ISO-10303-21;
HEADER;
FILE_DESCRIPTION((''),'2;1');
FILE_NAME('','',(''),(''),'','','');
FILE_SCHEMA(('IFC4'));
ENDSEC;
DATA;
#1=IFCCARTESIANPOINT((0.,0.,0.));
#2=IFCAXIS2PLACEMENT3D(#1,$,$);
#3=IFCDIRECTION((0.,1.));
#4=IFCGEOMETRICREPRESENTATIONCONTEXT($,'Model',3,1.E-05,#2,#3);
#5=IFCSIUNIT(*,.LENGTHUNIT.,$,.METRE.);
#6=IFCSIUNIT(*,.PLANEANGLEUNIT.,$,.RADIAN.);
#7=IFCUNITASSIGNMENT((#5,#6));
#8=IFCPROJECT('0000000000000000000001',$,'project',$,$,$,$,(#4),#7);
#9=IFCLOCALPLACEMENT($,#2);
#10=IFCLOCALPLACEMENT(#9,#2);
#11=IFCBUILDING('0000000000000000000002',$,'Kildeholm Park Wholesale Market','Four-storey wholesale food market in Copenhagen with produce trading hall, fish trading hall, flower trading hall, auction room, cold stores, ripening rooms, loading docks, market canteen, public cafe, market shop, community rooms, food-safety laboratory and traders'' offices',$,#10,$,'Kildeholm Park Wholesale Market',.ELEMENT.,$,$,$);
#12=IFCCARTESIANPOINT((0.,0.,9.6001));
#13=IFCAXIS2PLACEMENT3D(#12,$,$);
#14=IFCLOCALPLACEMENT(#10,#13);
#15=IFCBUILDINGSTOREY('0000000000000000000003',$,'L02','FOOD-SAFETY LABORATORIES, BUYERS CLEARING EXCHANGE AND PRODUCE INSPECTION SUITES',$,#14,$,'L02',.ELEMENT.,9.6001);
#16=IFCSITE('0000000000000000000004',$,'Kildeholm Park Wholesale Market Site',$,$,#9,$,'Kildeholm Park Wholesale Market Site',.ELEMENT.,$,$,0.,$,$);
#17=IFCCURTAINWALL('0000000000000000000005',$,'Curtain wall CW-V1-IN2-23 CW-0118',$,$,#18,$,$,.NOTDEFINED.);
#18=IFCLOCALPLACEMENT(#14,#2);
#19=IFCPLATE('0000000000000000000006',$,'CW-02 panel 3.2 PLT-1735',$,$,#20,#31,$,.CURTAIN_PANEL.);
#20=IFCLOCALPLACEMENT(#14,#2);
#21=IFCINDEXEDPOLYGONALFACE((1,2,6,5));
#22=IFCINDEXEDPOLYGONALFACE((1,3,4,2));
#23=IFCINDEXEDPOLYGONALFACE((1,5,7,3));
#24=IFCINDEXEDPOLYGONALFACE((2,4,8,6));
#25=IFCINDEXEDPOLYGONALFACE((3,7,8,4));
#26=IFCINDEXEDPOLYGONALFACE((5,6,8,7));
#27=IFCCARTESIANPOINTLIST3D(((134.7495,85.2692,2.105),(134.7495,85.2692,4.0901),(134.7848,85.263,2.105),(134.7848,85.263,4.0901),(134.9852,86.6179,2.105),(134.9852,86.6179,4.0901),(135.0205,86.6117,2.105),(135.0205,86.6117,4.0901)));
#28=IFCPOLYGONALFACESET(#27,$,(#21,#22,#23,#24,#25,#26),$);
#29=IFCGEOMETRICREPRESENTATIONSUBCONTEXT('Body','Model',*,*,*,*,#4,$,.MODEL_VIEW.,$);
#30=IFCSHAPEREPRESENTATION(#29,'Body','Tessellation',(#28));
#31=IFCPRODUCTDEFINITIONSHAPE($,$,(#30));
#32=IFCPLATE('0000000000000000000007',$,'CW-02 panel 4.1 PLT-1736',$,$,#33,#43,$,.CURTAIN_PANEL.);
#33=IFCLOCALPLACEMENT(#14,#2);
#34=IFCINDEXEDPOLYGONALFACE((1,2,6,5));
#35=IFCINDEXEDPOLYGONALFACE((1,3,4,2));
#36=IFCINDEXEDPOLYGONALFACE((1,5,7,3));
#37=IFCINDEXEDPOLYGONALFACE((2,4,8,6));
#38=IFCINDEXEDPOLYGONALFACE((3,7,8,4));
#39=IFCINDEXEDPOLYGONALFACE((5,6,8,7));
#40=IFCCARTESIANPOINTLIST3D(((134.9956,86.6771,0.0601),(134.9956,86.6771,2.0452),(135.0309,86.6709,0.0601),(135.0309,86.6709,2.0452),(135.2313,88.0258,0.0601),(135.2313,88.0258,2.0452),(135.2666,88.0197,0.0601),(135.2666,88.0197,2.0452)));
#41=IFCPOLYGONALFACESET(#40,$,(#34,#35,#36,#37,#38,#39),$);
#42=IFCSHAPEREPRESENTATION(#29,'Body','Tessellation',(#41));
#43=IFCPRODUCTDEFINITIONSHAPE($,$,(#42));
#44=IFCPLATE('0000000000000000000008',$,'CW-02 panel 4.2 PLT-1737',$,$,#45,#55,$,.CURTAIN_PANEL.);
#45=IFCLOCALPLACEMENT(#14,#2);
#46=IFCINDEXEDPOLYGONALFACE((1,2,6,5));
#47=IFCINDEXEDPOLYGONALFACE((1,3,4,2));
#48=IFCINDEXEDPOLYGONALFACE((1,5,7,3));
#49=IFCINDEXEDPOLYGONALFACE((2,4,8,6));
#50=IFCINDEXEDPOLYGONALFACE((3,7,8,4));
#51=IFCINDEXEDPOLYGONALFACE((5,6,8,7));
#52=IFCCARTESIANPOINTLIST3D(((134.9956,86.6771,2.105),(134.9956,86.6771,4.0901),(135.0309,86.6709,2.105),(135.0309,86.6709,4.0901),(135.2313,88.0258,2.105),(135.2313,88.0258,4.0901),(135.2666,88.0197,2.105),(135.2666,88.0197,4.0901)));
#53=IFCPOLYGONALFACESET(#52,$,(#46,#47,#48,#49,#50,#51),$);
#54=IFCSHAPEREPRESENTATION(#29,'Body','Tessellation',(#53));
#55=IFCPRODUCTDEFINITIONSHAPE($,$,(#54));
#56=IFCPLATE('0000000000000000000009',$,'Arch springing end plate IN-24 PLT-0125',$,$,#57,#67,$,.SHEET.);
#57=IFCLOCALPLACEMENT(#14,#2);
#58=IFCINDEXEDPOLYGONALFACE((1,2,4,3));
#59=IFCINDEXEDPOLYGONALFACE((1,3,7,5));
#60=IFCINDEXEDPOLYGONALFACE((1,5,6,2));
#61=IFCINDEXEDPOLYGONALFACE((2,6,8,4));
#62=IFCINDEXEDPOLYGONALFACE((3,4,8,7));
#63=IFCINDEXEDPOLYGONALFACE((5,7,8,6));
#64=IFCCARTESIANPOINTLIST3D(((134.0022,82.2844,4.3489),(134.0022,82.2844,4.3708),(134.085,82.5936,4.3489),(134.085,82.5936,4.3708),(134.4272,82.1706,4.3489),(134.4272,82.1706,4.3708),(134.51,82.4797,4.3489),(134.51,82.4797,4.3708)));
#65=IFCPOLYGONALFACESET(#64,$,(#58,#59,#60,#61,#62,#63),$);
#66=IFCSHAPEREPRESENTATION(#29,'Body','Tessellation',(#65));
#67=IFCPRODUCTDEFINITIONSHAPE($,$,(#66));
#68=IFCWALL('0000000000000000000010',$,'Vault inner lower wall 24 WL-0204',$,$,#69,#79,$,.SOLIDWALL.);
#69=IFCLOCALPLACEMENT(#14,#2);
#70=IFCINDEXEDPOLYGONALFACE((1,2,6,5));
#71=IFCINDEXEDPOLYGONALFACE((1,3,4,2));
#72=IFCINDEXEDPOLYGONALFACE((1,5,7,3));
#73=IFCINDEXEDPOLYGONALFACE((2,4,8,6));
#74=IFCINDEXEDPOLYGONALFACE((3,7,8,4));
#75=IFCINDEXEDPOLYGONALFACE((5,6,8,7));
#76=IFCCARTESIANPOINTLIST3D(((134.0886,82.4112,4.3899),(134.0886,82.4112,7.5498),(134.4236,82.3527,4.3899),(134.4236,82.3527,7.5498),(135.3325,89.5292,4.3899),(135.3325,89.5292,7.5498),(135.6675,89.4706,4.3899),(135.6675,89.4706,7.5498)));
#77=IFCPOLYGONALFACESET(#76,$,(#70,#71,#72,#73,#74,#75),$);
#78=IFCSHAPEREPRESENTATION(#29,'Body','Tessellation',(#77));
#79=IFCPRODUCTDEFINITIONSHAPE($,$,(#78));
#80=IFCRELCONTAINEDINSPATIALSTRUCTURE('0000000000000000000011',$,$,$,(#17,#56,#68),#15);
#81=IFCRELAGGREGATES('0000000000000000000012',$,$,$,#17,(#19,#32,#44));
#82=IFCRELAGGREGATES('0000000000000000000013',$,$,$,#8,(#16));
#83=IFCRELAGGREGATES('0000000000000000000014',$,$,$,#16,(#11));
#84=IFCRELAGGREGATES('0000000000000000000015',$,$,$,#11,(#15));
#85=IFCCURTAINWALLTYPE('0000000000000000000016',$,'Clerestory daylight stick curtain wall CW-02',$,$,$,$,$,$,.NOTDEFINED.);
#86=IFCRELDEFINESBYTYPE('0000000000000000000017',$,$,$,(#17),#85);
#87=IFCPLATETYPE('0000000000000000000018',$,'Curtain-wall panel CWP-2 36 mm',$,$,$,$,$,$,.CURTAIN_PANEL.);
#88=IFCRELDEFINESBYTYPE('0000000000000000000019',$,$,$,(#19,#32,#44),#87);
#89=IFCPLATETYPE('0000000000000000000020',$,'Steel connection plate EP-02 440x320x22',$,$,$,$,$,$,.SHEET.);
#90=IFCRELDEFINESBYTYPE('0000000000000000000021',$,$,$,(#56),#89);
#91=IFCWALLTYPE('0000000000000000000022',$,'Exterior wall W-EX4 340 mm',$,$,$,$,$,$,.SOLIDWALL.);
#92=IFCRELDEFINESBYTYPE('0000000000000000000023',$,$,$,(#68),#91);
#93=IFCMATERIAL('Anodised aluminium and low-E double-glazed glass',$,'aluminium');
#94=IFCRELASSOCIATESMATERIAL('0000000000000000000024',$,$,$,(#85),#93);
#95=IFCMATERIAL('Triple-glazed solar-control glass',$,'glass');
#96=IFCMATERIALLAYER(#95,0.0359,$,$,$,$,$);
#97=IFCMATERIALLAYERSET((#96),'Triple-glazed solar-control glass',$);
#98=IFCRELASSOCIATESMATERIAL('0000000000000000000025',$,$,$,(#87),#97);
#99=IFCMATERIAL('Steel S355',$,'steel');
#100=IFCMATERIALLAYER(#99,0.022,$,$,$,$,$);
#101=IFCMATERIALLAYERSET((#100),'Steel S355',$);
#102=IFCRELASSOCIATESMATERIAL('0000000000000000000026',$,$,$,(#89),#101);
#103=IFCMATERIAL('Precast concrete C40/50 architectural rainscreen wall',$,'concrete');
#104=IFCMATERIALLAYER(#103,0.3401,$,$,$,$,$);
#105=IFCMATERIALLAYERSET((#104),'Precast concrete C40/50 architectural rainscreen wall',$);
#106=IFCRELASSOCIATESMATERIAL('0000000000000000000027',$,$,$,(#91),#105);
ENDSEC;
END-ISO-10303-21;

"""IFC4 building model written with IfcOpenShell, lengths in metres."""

from ifc_helpers import new_model, si_unit, direction, frame, frame_2d, origin, origin_2d, place, context, subcontext, project, spatial, rectangle, extrude, material, layer, layer_set, type_object, element, aggregate, save


model = new_model("IFC4")

# Units and contexts
model_context = context("Model", 3, precision=1e-05, world=origin(), true_north=direction((0.0, 1.0)))
body_context = subcontext(model_context, "Body", "Model", "MODEL_VIEW")
ifc_project = project(units=[si_unit("LENGTHUNIT", "METRE"), si_unit("PLANEANGLEUNIT", "RADIAN")], contexts=[model_context])

# Site, building, storey
site_placement = place(None, origin())
site = spatial("IfcSite", under=ifc_project, at=site_placement, Name="Kildeholm Park Wholesale Market Site", LongName="Kildeholm Park Wholesale Market Site", CompositionType="ELEMENT", RefElevation=0.0)
building_placement = place(site_placement, origin())
building = spatial("IfcBuilding", under=site, at=building_placement, Name="Kildeholm Park Wholesale Market", Description="Four-storey wholesale food market in Copenhagen with produce trading hall, fish trading hall, flower trading hall, auction room, cold stores, ripening rooms, loading docks, market canteen, public cafe, market shop, community rooms, food-safety laboratory and traders' offices", LongName="Kildeholm Park Wholesale Market", CompositionType="ELEMENT")
storey_placement = place(building_placement, frame((0.0, 0.0, 9.6001)))
storey = spatial("IfcBuildingStorey", under=building, at=storey_placement, Name="L02", Description="FOOD-SAFETY LABORATORIES, BUYERS CLEARING EXCHANGE AND PRODUCE INSPECTION SUITES", LongName="L02", CompositionType="ELEMENT", Elevation=9.6001)

# Shared definitions
ifc_material_1 = material(Name="Steel S355", Category="steel")

# Curtain wall, plates
ifc_material_2 = material(Name="Anodised aluminium and low-E double-glazed glass", Category="aluminium")
curtain_wall_type = type_object("IfcCurtainWallType", Name="Clerestory daylight stick curtain wall CW-02", PredefinedType="NOTDEFINED", material=ifc_material_2)
curtain_wall_placement = place(storey_placement, origin())
curtain_wall = element("IfcCurtainWall", 1, at=curtain_wall_placement, inside=storey, type_object=curtain_wall_type, Name="Curtain wall CW-V1-IN2-23 CW-0118", PredefinedType="NOTDEFINED")
ifc_material_3 = material(Name="Triple-glazed solar-control glass", Category="glass")
ifc_layer_1 = layer(ifc_material_3, 0.0359)
ifc_layer_set_1 = layer_set([ifc_layer_1], Name="Triple-glazed solar-control glass")
plate_type_1 = type_object("IfcPlateType", Name="Curtain-wall panel CWP-2 36 mm", PredefinedType="CURTAIN_PANEL", material=ifc_layer_set_1)
plate_1_placement = place(storey_placement, frame((134.885, 85.9404, 2.105), z_axis=(0.0, 0.0, 1.0), x_axis=(0.172133, 0.985074, 0.0)))
plate_1 = element("IfcPlate", 2, at=plate_1_placement, type_object=plate_type_1, Name="CW-02 panel 3.2 PLT-1735", PredefinedType="CURTAIN_PANEL", context=body_context, shape_type="SweptSolid", body=[
    extrude(rectangle(XDim=1.3691, YDim=0.0359, at=origin_2d()), origin(), (0.0, 0.0, 1.0), 1.9851),
])
plate_2_placement = place(storey_placement, frame((135.1311, 87.3484, 0.0601), z_axis=(0.0, 0.0, 1.0), x_axis=(0.172133, 0.985074, 0.0)))
plate_2 = element("IfcPlate", 3, at=plate_2_placement, type_object=plate_type_1, Name="CW-02 panel 4.1 PLT-1736", PredefinedType="CURTAIN_PANEL", context=body_context, shape_type="SweptSolid", body=[
    extrude(rectangle(XDim=1.3691, YDim=0.0359, at=origin_2d()), origin(), (0.0, 0.0, 1.0), 1.9851),
])
plate_3_placement = place(storey_placement, frame((135.1311, 87.3484, 2.105), z_axis=(0.0, 0.0, 1.0), x_axis=(0.172133, 0.985074, 0.0)))
plate_3 = element("IfcPlate", 4, at=plate_3_placement, type_object=plate_type_1, Name="CW-02 panel 4.2 PLT-1737", PredefinedType="CURTAIN_PANEL", context=body_context, shape_type="SweptSolid", body=[
    extrude(rectangle(XDim=1.3691, YDim=0.0359, at=origin_2d()), origin(), (0.0, 0.0, 1.0), 1.9851),
])
aggregate(curtain_wall, [plate_1, plate_2, plate_3])

# Plate
ifc_layer_2 = layer(ifc_material_1, 0.022)
ifc_layer_set_2 = layer_set([ifc_layer_2], Name="Steel S355")
plate_type_2 = type_object("IfcPlateType", Name="Steel connection plate EP-02 440x320x22", PredefinedType="SHEET", material=ifc_layer_set_2)
plate_4_placement = place(storey_placement, frame((134.2561, 82.3821, 4.3489), z_axis=(0.0, 0.0, 1.0), x_axis=(0.965926, -0.258819, 0.0)))
element("IfcPlate", 5, at=plate_4_placement, inside=storey, type_object=plate_type_2, Name="Arch springing end plate IN-24 PLT-0125", PredefinedType="SHEET", context=body_context, shape_type="SweptSolid", body=[
    extrude(rectangle(XDim=0.4399, YDim=0.3201, at=origin_2d()), origin(), (0.0, 0.0, 1.0), 0.022),
])

# Wall
ifc_material_4 = material(Name="Precast concrete C40/50 architectural rainscreen wall", Category="concrete")
ifc_layer_3 = layer(ifc_material_4, 0.3401)
ifc_layer_set_3 = layer_set([ifc_layer_3], Name="Precast concrete C40/50 architectural rainscreen wall")
wall_type = type_object("IfcWallType", Name="Exterior wall W-EX4 340 mm", PredefinedType="SOLIDWALL", material=ifc_layer_set_3)
wall_placement = place(storey_placement, frame((134.2561, 82.3821, 4.3899), z_axis=(0.0, 0.0, 1.0), x_axis=(0.172147, 0.985071, 0.0)))
element("IfcWall", 6, at=wall_placement, inside=storey, type_object=wall_type, Name="Vault inner lower wall 24 WL-0204", PredefinedType="SOLIDWALL", context=body_context, shape_type="SweptSolid", body=[
    extrude(rectangle(XDim=7.2258, YDim=0.3401, at=frame_2d((3.6128, 0.0))), origin(), (0.0, 0.0, 1.0), 3.1599),
])

save(model, "model.ifc")
